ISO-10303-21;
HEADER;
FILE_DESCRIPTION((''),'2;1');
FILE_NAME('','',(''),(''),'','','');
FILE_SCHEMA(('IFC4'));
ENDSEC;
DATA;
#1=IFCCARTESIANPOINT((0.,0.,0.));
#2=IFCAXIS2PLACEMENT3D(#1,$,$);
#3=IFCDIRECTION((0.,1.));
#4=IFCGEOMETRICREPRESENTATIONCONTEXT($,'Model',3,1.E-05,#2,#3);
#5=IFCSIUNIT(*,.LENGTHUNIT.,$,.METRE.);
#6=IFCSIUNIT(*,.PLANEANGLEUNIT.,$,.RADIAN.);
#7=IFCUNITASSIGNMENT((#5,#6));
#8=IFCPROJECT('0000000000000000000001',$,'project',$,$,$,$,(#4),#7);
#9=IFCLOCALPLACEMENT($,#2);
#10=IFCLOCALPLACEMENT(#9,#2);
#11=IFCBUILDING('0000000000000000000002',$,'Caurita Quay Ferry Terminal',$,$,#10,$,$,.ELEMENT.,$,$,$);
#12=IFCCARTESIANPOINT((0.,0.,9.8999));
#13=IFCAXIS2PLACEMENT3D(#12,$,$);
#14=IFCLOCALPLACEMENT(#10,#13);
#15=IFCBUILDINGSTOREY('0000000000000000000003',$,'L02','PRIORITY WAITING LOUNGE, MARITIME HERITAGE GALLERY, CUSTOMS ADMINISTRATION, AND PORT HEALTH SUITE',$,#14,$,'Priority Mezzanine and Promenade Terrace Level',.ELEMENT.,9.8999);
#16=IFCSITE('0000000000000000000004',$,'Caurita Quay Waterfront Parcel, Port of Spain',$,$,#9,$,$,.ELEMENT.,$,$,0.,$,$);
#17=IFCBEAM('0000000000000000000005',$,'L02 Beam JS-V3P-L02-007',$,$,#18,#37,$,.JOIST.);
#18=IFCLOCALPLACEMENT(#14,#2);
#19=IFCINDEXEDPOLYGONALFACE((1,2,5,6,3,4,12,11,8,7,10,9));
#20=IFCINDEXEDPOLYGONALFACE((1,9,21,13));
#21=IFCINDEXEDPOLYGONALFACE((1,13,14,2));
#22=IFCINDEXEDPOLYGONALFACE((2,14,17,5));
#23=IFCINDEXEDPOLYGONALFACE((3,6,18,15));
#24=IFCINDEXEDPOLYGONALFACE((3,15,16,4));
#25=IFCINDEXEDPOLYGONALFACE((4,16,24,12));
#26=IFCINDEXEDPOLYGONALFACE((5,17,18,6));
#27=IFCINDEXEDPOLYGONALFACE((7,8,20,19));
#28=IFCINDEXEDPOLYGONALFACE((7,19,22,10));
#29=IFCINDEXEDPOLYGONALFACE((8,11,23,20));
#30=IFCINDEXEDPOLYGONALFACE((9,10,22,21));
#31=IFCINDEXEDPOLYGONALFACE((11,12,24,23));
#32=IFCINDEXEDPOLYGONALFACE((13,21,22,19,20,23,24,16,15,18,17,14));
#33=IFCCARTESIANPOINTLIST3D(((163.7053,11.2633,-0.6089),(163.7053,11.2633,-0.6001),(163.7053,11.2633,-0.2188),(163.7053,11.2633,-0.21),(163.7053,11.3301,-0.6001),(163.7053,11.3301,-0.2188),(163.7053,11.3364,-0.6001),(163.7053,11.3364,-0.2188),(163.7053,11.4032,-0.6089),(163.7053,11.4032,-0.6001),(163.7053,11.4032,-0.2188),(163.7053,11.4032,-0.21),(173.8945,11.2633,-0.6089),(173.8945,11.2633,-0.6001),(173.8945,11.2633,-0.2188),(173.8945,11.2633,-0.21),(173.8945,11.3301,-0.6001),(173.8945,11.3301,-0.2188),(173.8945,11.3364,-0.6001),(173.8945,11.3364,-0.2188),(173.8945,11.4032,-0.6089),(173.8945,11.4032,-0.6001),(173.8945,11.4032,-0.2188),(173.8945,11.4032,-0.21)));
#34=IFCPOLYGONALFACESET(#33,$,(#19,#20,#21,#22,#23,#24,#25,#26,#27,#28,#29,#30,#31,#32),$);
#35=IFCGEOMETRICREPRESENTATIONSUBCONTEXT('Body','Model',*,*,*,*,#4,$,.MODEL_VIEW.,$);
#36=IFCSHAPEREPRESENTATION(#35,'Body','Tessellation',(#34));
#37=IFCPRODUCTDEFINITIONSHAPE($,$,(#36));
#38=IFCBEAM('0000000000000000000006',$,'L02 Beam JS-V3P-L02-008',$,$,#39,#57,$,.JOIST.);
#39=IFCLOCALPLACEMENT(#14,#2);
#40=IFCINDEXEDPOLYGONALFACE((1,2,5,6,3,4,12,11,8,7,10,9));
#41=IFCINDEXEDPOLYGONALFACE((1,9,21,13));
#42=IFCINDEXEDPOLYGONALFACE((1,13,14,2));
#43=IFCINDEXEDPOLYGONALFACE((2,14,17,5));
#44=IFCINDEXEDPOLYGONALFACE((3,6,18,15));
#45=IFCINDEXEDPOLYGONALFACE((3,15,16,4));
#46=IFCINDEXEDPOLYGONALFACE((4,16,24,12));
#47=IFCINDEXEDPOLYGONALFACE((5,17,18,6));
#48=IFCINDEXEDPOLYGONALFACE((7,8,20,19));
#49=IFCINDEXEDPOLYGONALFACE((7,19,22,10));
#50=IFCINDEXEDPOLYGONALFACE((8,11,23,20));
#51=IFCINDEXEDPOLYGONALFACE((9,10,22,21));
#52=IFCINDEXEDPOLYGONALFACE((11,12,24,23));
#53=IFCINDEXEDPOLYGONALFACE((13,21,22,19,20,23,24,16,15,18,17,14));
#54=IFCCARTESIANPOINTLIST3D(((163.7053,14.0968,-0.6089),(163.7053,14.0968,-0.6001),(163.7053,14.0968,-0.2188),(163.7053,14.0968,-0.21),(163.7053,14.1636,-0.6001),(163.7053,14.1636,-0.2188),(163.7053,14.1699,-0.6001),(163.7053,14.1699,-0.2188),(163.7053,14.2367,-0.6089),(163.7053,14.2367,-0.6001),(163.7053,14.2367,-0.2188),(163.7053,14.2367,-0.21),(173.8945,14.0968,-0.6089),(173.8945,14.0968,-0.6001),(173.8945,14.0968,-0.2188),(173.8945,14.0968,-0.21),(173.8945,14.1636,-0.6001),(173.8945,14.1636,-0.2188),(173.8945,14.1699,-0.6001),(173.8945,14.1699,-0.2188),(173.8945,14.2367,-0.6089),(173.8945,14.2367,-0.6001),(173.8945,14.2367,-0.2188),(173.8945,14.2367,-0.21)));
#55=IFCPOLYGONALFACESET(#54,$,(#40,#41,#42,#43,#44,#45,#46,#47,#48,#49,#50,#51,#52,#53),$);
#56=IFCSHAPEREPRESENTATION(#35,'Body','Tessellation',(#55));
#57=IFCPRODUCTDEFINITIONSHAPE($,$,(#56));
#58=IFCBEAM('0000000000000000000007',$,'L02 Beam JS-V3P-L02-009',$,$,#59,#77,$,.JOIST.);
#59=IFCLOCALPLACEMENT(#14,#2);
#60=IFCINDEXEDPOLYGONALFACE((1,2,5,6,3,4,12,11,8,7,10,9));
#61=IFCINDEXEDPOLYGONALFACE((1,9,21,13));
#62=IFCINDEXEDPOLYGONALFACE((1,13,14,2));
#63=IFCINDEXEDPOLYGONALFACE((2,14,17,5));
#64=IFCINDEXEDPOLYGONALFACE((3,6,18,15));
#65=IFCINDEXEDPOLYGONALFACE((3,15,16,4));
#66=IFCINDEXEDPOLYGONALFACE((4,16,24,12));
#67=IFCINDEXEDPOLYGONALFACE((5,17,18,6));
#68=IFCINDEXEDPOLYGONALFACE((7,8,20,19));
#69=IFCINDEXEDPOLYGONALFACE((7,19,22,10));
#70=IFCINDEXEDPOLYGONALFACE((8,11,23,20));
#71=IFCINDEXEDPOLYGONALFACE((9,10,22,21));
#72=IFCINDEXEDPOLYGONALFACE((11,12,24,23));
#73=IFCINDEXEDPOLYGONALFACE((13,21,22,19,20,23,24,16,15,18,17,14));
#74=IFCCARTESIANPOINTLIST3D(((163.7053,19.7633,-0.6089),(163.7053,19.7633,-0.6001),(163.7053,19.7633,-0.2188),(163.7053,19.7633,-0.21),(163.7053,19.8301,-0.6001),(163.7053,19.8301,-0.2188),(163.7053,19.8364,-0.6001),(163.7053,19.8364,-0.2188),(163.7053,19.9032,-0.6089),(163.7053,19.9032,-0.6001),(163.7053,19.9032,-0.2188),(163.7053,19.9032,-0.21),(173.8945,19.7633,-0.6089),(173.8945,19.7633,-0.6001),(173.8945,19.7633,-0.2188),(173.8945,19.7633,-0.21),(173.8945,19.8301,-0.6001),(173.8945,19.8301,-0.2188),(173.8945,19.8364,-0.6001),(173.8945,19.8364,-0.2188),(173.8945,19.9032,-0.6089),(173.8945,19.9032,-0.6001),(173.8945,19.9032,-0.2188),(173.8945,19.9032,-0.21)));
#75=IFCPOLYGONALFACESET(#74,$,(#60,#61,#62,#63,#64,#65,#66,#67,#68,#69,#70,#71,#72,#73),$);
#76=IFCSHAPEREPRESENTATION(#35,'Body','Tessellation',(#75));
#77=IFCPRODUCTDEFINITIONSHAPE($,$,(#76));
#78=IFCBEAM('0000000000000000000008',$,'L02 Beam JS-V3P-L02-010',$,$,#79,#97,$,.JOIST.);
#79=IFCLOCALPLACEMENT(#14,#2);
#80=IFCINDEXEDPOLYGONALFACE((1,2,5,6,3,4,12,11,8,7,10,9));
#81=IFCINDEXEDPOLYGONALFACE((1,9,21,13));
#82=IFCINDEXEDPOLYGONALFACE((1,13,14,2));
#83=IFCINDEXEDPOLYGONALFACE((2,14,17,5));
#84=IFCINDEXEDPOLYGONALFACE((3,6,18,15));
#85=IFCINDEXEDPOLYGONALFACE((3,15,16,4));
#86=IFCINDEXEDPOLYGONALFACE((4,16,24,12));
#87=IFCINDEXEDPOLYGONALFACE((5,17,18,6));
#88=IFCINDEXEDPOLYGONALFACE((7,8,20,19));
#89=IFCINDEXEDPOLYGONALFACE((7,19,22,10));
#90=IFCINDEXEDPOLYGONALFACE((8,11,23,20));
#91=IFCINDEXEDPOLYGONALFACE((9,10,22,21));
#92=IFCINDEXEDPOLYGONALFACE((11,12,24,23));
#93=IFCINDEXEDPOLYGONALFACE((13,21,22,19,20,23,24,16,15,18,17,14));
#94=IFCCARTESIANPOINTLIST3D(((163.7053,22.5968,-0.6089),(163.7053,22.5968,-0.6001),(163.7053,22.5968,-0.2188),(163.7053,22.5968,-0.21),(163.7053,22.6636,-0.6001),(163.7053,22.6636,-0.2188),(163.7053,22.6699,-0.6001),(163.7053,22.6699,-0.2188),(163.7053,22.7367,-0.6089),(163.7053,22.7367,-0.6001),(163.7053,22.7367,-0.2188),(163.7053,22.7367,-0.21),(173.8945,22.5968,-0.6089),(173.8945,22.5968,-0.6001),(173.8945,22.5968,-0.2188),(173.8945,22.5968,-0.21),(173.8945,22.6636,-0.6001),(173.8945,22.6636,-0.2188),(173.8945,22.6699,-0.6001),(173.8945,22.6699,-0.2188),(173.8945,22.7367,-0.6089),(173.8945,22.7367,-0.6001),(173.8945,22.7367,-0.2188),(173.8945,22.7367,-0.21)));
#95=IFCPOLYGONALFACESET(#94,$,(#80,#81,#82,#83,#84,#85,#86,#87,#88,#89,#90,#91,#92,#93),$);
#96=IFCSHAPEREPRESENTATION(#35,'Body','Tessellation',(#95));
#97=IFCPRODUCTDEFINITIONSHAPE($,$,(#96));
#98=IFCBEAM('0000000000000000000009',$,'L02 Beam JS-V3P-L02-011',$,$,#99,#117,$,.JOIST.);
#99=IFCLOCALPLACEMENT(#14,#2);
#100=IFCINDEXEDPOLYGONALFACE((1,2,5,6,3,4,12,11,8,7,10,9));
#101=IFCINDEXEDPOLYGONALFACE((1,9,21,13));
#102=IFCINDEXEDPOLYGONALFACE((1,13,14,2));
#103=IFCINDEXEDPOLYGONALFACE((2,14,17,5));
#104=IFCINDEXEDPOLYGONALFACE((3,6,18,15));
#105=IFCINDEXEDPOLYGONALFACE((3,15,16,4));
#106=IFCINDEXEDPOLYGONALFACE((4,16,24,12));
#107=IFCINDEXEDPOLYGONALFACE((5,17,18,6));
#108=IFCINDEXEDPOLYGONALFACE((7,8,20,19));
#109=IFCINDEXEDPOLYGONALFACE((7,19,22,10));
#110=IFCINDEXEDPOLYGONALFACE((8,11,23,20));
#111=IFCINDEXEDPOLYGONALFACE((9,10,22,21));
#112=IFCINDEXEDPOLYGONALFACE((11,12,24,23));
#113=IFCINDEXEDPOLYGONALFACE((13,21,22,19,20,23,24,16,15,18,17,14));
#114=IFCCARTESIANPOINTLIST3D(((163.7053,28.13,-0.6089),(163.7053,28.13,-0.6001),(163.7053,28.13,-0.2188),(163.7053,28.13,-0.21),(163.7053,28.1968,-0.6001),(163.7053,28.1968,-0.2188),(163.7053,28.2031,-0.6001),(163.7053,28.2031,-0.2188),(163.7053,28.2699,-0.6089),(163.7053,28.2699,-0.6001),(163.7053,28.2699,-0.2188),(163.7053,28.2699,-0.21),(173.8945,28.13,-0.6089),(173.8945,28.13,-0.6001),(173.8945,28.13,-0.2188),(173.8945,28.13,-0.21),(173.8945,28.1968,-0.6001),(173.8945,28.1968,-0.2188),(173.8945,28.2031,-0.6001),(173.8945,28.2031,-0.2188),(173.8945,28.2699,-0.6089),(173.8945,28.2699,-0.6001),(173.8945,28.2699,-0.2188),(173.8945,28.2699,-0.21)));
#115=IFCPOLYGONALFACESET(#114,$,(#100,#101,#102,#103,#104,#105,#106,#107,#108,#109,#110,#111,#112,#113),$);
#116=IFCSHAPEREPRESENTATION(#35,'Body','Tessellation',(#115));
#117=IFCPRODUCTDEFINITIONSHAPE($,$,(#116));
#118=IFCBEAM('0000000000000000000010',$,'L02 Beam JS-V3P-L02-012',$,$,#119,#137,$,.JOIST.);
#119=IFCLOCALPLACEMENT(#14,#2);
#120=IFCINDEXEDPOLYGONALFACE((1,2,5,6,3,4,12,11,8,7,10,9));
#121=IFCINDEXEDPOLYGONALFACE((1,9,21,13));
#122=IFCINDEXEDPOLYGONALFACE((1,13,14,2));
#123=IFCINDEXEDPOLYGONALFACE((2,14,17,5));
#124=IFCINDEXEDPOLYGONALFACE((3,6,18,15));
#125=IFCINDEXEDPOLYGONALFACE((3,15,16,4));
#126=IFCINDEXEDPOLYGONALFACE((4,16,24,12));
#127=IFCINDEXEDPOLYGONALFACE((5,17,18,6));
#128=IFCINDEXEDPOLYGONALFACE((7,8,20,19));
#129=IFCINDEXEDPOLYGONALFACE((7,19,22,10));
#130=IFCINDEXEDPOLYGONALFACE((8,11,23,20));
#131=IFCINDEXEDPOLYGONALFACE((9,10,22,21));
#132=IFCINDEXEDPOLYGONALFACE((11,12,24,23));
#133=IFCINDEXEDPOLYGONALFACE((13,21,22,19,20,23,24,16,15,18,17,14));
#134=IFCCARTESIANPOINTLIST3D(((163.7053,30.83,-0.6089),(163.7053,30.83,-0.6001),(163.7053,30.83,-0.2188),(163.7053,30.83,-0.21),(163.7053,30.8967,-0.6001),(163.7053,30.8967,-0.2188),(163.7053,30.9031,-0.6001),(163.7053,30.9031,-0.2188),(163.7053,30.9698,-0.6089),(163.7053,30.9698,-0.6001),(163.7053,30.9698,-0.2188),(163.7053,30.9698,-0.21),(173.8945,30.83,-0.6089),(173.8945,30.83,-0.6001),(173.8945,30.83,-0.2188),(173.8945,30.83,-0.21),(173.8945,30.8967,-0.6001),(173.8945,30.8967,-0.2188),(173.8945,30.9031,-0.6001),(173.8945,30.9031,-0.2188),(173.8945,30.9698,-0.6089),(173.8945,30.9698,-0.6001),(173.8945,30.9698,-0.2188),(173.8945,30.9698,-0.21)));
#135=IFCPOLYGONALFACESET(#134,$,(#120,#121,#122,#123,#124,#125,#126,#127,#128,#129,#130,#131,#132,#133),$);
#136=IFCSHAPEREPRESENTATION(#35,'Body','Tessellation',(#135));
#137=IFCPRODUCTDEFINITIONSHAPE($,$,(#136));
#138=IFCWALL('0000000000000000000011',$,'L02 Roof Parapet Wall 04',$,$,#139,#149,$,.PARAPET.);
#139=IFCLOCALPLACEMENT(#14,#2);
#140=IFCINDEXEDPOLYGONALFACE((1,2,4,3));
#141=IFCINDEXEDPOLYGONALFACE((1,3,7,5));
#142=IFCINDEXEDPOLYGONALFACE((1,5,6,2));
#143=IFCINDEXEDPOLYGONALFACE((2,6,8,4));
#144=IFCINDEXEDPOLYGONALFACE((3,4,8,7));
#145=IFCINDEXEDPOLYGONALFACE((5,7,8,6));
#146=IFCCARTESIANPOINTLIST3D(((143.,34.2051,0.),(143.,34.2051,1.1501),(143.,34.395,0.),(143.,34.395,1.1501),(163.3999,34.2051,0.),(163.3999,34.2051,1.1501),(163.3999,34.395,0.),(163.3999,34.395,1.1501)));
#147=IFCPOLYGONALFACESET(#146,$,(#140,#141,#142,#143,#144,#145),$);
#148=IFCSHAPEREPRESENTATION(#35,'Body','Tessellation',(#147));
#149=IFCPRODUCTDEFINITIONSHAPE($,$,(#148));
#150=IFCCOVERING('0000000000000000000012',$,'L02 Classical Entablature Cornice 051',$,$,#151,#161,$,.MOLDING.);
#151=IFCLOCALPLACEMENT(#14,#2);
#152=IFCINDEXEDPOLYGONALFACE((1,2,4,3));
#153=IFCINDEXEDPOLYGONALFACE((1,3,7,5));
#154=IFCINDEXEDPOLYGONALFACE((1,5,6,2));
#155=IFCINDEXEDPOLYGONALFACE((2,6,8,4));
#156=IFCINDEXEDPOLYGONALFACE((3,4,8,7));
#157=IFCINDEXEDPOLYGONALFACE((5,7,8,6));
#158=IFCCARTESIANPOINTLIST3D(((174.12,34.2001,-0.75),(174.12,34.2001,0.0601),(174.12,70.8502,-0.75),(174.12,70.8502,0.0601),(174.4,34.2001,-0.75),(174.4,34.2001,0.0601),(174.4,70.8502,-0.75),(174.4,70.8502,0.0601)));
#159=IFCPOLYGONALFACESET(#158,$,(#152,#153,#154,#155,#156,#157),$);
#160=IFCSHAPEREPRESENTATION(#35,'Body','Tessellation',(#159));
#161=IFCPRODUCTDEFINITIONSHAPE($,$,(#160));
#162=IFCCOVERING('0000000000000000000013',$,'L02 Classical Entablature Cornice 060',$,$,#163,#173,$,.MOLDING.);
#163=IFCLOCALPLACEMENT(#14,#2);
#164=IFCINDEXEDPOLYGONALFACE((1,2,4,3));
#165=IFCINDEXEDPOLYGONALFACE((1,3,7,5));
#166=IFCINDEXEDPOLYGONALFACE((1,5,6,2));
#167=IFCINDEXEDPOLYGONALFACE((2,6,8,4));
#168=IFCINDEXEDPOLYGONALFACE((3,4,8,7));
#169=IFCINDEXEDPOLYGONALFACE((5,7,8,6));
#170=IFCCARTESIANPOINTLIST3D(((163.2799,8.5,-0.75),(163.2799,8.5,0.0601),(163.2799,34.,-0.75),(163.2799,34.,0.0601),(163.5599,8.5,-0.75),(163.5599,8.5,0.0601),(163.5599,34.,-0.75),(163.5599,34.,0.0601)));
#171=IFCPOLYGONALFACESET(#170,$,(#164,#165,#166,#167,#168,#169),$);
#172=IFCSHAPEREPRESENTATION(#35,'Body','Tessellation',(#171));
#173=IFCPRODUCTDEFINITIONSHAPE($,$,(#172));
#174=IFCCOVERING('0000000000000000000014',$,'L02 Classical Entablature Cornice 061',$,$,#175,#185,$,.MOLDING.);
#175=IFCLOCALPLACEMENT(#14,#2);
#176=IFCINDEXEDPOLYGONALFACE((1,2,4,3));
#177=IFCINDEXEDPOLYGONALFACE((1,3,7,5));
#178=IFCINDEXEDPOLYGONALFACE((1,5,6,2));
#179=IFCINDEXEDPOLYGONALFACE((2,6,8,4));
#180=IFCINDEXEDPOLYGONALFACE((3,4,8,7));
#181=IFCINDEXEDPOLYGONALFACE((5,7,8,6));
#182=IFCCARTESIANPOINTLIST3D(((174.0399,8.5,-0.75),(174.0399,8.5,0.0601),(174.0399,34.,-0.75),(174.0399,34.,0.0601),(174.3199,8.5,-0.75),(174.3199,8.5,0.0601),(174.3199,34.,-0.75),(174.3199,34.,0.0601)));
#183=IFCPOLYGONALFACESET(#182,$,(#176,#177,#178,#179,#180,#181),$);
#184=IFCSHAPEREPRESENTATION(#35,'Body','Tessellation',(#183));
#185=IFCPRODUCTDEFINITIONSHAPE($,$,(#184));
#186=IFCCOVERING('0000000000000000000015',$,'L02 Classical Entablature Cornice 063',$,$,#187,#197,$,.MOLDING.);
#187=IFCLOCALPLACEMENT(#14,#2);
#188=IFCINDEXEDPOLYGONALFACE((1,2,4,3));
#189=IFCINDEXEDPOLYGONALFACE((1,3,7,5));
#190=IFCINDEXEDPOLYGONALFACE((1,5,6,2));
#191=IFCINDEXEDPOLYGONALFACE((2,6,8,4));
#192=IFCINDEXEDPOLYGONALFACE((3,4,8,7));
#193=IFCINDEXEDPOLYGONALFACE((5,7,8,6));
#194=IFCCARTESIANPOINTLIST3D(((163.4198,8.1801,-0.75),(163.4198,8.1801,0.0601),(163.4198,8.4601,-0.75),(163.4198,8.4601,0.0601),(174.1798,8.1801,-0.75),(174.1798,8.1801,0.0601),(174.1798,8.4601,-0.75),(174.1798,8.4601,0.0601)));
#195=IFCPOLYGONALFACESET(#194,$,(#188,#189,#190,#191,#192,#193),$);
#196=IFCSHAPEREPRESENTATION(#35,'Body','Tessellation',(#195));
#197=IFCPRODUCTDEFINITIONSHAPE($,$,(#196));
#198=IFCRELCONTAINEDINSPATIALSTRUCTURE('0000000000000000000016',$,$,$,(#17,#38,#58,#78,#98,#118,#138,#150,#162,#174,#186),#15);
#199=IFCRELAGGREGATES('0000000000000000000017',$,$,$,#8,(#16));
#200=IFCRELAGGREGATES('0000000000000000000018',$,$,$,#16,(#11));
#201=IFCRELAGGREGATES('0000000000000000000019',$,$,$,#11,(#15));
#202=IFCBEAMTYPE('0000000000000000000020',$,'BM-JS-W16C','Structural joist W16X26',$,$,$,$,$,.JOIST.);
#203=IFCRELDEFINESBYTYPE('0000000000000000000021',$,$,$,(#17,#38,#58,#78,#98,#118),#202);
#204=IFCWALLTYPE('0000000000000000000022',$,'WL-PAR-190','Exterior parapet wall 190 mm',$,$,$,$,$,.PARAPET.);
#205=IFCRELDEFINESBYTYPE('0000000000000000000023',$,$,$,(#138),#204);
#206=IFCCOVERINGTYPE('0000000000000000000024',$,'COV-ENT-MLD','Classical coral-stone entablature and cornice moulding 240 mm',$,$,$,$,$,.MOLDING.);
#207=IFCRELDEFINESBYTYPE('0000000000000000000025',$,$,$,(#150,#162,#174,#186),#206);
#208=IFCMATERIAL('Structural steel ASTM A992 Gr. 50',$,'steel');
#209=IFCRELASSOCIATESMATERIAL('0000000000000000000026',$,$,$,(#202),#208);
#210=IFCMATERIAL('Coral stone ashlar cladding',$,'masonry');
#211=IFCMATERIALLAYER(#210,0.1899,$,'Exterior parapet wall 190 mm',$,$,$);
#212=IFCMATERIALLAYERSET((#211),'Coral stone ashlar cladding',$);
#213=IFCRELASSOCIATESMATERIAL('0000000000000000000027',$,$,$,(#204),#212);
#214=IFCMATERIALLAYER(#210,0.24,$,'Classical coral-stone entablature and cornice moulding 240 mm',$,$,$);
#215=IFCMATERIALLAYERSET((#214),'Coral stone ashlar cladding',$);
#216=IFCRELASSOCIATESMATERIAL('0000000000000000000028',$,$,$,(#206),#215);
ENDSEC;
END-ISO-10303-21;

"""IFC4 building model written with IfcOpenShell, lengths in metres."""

from ifc_helpers import new_model, si_unit, direction, frame, frame_2d, origin, origin_2d, place, context, subcontext, project, spatial, rectangle, i_section, extrude, material, layer, layer_set, material_profile, profile_set, type_object, element, save


model = new_model("IFC4")

# Units and contexts
model_context = context("Model", 3, precision=1e-05, world=origin(), true_north=direction((0.0, 1.0)))
body_context = subcontext(model_context, "Body", "Model", "MODEL_VIEW")
ifc_project = project(units=[si_unit("LENGTHUNIT", "METRE"), si_unit("PLANEANGLEUNIT", "RADIAN")], contexts=[model_context])

# Site, building, storey
site_placement = place(None, origin())
site = spatial("IfcSite", under=ifc_project, at=site_placement, Name="Caurita Quay Waterfront Parcel, Port of Spain", CompositionType="ELEMENT", RefElevation=0.0)
building_placement = place(site_placement, origin())
building = spatial("IfcBuilding", under=site, at=building_placement, Name="Caurita Quay Ferry Terminal", CompositionType="ELEMENT")
storey_placement = place(building_placement, frame((0.0, 0.0, 9.8999)))
storey = spatial("IfcBuildingStorey", under=building, at=storey_placement, Name="L02", Description="PRIORITY WAITING LOUNGE, MARITIME HERITAGE GALLERY, CUSTOMS ADMINISTRATION, AND PORT HEALTH SUITE", LongName="Priority Mezzanine and Promenade Terrace Level", CompositionType="ELEMENT", Elevation=9.8999)

# Beams
ifc_material_1 = material(Name="Structural steel ASTM A992 Gr. 50", Category="steel")
ifc_material_profile_1 = material_profile(ifc_material_1, i_section(OverallWidth=0.1399, OverallDepth=0.3989, WebThickness=0.0063, FlangeThickness=0.0088, at=origin_2d()), Name="W16X26")
ifc_profile_set_1 = profile_set([ifc_material_profile_1], Name="Structural steel ASTM A992 Gr. 50")
beam_type_1 = type_object("IfcBeamType", Name="BM-JS-W16C", Description="Structural joist W16X26", PredefinedType="JOIST", material=ifc_profile_set_1)
for number, where, z_axis, x_axis, name in (
    (1, (163.7053, 11.3333, -0.4094), (1.0, 0.0, 0.0), (0.0, 1.0, 0.0), "L02 Beam JS-V3P-L02-007"),
    (2, (163.7053, 14.1667, -0.4094), (1.0, 0.0, 0.0), (0.0, 1.0, 0.0), "L02 Beam JS-V3P-L02-008"),
    (3, (163.7053, 19.8333, -0.4094), (1.0, 0.0, 0.0), (0.0, 1.0, 0.0), "L02 Beam JS-V3P-L02-009"),
    (4, (163.7053, 22.6667, -0.4094), (1.0, 0.0, 0.0), (0.0, 1.0, 0.0), "L02 Beam JS-V3P-L02-010"),
    (5, (163.7053, 28.2, -0.4094), (1.0, 0.0, 0.0), (0.0, 1.0, 0.0), "L02 Beam JS-V3P-L02-011"),
    (6, (163.7053, 30.8999, -0.4094), (1.0, 0.0, 0.0), (0.0, 1.0, 0.0), "L02 Beam JS-V3P-L02-012"),
):
    element("IfcBeam", number, at=place(storey_placement, frame(where, z_axis=z_axis, x_axis=x_axis)), inside=storey, type_object=beam_type_1, Name=name, PredefinedType="JOIST", context=body_context, shape_type="SweptSolid", body=[
        extrude(i_section(OverallWidth=0.1399, OverallDepth=0.3989, WebThickness=0.0063, FlangeThickness=0.0088, at=origin_2d()), origin(), (0.0, 0.0, 1.0), 10.1892),
    ])

# Wall
ifc_material_2 = material(Name="Coral stone ashlar cladding", Category="masonry")
ifc_layer_1 = layer(ifc_material_2, 0.1899, Name="Exterior parapet wall 190 mm")
ifc_layer_set_1 = layer_set([ifc_layer_1], Name="Coral stone ashlar cladding")
wall_type = type_object("IfcWallType", Name="WL-PAR-190", Description="Exterior parapet wall 190 mm", PredefinedType="PARAPET", material=ifc_layer_set_1)
wall_placement = place(storey_placement, frame((143.0, 34.3, 0.0), z_axis=(0.0, 0.0, 1.0), x_axis=(1.0, 0.0, 0.0)))
element("IfcWall", 7, at=wall_placement, inside=storey, type_object=wall_type, Name="L02 Roof Parapet Wall 04", PredefinedType="PARAPET", context=body_context, shape_type="SweptSolid", body=[
    extrude(rectangle(XDim=20.3999, YDim=0.1899, at=frame_2d((10.2, 0.0))), origin(), (0.0, 0.0, 1.0), 1.1501),
])

# Coverings
ifc_layer_2 = layer(ifc_material_2, 0.24, Name="Classical coral-stone entablature and cornice moulding 240 mm")
ifc_layer_set_2 = layer_set([ifc_layer_2], Name="Coral stone ashlar cladding")
covering_type = type_object("IfcCoveringType", Name="COV-ENT-MLD", Description="Classical coral-stone entablature and cornice moulding 240 mm", PredefinedType="MOLDING", material=ifc_layer_set_2)
covering_1_placement = place(storey_placement, frame((174.26, 34.2, -0.75), z_axis=(0.0, 0.0, 1.0), x_axis=(0.0, 1.0, 0.0)))
element("IfcCovering", 8, at=covering_1_placement, inside=storey, type_object=covering_type, Name="L02 Classical Entablature Cornice 051", PredefinedType="MOLDING", context=body_context, shape_type="SweptSolid", body=[
    extrude(rectangle(XDim=36.6501, YDim=0.28, at=frame_2d((18.3252, 0.0))), origin(), (0.0, 0.0, 1.0), 0.8101),
])
for number, where, z_axis, x_axis, name in (
    (9, (163.4199, 34.0, -0.75), (0.0, 0.0, 1.0), (0.0, -1.0, 0.0), "L02 Classical Entablature Cornice 060"),
    (10, (174.1799, 8.5, -0.75), (0.0, 0.0, 1.0), (0.0, 1.0, 0.0), "L02 Classical Entablature Cornice 061"),
):
    element("IfcCovering", number, at=place(storey_placement, frame(where, z_axis=z_axis, x_axis=x_axis)), inside=storey, type_object=covering_type, Name=name, PredefinedType="MOLDING", context=body_context, shape_type="SweptSolid", body=[
        extrude(rectangle(XDim=25.5, YDim=0.28, at=frame_2d((12.75, 0.0))), origin(), (0.0, 0.0, 1.0), 0.8101),
    ])
covering_2_placement = place(storey_placement, frame((163.4199, 8.3201, -0.75), z_axis=(0.0, 0.0, 1.0), x_axis=(1.0, 0.0, 0.0)))
element("IfcCovering", 11, at=covering_2_placement, inside=storey, type_object=covering_type, Name="L02 Classical Entablature Cornice 063", PredefinedType="MOLDING", context=body_context, shape_type="SweptSolid", body=[
    extrude(rectangle(XDim=10.76, YDim=0.28, at=frame_2d((5.3799, 0.0))), origin(), (0.0, 0.0, 1.0), 0.8101),
])

save(model, "model.ifc")
